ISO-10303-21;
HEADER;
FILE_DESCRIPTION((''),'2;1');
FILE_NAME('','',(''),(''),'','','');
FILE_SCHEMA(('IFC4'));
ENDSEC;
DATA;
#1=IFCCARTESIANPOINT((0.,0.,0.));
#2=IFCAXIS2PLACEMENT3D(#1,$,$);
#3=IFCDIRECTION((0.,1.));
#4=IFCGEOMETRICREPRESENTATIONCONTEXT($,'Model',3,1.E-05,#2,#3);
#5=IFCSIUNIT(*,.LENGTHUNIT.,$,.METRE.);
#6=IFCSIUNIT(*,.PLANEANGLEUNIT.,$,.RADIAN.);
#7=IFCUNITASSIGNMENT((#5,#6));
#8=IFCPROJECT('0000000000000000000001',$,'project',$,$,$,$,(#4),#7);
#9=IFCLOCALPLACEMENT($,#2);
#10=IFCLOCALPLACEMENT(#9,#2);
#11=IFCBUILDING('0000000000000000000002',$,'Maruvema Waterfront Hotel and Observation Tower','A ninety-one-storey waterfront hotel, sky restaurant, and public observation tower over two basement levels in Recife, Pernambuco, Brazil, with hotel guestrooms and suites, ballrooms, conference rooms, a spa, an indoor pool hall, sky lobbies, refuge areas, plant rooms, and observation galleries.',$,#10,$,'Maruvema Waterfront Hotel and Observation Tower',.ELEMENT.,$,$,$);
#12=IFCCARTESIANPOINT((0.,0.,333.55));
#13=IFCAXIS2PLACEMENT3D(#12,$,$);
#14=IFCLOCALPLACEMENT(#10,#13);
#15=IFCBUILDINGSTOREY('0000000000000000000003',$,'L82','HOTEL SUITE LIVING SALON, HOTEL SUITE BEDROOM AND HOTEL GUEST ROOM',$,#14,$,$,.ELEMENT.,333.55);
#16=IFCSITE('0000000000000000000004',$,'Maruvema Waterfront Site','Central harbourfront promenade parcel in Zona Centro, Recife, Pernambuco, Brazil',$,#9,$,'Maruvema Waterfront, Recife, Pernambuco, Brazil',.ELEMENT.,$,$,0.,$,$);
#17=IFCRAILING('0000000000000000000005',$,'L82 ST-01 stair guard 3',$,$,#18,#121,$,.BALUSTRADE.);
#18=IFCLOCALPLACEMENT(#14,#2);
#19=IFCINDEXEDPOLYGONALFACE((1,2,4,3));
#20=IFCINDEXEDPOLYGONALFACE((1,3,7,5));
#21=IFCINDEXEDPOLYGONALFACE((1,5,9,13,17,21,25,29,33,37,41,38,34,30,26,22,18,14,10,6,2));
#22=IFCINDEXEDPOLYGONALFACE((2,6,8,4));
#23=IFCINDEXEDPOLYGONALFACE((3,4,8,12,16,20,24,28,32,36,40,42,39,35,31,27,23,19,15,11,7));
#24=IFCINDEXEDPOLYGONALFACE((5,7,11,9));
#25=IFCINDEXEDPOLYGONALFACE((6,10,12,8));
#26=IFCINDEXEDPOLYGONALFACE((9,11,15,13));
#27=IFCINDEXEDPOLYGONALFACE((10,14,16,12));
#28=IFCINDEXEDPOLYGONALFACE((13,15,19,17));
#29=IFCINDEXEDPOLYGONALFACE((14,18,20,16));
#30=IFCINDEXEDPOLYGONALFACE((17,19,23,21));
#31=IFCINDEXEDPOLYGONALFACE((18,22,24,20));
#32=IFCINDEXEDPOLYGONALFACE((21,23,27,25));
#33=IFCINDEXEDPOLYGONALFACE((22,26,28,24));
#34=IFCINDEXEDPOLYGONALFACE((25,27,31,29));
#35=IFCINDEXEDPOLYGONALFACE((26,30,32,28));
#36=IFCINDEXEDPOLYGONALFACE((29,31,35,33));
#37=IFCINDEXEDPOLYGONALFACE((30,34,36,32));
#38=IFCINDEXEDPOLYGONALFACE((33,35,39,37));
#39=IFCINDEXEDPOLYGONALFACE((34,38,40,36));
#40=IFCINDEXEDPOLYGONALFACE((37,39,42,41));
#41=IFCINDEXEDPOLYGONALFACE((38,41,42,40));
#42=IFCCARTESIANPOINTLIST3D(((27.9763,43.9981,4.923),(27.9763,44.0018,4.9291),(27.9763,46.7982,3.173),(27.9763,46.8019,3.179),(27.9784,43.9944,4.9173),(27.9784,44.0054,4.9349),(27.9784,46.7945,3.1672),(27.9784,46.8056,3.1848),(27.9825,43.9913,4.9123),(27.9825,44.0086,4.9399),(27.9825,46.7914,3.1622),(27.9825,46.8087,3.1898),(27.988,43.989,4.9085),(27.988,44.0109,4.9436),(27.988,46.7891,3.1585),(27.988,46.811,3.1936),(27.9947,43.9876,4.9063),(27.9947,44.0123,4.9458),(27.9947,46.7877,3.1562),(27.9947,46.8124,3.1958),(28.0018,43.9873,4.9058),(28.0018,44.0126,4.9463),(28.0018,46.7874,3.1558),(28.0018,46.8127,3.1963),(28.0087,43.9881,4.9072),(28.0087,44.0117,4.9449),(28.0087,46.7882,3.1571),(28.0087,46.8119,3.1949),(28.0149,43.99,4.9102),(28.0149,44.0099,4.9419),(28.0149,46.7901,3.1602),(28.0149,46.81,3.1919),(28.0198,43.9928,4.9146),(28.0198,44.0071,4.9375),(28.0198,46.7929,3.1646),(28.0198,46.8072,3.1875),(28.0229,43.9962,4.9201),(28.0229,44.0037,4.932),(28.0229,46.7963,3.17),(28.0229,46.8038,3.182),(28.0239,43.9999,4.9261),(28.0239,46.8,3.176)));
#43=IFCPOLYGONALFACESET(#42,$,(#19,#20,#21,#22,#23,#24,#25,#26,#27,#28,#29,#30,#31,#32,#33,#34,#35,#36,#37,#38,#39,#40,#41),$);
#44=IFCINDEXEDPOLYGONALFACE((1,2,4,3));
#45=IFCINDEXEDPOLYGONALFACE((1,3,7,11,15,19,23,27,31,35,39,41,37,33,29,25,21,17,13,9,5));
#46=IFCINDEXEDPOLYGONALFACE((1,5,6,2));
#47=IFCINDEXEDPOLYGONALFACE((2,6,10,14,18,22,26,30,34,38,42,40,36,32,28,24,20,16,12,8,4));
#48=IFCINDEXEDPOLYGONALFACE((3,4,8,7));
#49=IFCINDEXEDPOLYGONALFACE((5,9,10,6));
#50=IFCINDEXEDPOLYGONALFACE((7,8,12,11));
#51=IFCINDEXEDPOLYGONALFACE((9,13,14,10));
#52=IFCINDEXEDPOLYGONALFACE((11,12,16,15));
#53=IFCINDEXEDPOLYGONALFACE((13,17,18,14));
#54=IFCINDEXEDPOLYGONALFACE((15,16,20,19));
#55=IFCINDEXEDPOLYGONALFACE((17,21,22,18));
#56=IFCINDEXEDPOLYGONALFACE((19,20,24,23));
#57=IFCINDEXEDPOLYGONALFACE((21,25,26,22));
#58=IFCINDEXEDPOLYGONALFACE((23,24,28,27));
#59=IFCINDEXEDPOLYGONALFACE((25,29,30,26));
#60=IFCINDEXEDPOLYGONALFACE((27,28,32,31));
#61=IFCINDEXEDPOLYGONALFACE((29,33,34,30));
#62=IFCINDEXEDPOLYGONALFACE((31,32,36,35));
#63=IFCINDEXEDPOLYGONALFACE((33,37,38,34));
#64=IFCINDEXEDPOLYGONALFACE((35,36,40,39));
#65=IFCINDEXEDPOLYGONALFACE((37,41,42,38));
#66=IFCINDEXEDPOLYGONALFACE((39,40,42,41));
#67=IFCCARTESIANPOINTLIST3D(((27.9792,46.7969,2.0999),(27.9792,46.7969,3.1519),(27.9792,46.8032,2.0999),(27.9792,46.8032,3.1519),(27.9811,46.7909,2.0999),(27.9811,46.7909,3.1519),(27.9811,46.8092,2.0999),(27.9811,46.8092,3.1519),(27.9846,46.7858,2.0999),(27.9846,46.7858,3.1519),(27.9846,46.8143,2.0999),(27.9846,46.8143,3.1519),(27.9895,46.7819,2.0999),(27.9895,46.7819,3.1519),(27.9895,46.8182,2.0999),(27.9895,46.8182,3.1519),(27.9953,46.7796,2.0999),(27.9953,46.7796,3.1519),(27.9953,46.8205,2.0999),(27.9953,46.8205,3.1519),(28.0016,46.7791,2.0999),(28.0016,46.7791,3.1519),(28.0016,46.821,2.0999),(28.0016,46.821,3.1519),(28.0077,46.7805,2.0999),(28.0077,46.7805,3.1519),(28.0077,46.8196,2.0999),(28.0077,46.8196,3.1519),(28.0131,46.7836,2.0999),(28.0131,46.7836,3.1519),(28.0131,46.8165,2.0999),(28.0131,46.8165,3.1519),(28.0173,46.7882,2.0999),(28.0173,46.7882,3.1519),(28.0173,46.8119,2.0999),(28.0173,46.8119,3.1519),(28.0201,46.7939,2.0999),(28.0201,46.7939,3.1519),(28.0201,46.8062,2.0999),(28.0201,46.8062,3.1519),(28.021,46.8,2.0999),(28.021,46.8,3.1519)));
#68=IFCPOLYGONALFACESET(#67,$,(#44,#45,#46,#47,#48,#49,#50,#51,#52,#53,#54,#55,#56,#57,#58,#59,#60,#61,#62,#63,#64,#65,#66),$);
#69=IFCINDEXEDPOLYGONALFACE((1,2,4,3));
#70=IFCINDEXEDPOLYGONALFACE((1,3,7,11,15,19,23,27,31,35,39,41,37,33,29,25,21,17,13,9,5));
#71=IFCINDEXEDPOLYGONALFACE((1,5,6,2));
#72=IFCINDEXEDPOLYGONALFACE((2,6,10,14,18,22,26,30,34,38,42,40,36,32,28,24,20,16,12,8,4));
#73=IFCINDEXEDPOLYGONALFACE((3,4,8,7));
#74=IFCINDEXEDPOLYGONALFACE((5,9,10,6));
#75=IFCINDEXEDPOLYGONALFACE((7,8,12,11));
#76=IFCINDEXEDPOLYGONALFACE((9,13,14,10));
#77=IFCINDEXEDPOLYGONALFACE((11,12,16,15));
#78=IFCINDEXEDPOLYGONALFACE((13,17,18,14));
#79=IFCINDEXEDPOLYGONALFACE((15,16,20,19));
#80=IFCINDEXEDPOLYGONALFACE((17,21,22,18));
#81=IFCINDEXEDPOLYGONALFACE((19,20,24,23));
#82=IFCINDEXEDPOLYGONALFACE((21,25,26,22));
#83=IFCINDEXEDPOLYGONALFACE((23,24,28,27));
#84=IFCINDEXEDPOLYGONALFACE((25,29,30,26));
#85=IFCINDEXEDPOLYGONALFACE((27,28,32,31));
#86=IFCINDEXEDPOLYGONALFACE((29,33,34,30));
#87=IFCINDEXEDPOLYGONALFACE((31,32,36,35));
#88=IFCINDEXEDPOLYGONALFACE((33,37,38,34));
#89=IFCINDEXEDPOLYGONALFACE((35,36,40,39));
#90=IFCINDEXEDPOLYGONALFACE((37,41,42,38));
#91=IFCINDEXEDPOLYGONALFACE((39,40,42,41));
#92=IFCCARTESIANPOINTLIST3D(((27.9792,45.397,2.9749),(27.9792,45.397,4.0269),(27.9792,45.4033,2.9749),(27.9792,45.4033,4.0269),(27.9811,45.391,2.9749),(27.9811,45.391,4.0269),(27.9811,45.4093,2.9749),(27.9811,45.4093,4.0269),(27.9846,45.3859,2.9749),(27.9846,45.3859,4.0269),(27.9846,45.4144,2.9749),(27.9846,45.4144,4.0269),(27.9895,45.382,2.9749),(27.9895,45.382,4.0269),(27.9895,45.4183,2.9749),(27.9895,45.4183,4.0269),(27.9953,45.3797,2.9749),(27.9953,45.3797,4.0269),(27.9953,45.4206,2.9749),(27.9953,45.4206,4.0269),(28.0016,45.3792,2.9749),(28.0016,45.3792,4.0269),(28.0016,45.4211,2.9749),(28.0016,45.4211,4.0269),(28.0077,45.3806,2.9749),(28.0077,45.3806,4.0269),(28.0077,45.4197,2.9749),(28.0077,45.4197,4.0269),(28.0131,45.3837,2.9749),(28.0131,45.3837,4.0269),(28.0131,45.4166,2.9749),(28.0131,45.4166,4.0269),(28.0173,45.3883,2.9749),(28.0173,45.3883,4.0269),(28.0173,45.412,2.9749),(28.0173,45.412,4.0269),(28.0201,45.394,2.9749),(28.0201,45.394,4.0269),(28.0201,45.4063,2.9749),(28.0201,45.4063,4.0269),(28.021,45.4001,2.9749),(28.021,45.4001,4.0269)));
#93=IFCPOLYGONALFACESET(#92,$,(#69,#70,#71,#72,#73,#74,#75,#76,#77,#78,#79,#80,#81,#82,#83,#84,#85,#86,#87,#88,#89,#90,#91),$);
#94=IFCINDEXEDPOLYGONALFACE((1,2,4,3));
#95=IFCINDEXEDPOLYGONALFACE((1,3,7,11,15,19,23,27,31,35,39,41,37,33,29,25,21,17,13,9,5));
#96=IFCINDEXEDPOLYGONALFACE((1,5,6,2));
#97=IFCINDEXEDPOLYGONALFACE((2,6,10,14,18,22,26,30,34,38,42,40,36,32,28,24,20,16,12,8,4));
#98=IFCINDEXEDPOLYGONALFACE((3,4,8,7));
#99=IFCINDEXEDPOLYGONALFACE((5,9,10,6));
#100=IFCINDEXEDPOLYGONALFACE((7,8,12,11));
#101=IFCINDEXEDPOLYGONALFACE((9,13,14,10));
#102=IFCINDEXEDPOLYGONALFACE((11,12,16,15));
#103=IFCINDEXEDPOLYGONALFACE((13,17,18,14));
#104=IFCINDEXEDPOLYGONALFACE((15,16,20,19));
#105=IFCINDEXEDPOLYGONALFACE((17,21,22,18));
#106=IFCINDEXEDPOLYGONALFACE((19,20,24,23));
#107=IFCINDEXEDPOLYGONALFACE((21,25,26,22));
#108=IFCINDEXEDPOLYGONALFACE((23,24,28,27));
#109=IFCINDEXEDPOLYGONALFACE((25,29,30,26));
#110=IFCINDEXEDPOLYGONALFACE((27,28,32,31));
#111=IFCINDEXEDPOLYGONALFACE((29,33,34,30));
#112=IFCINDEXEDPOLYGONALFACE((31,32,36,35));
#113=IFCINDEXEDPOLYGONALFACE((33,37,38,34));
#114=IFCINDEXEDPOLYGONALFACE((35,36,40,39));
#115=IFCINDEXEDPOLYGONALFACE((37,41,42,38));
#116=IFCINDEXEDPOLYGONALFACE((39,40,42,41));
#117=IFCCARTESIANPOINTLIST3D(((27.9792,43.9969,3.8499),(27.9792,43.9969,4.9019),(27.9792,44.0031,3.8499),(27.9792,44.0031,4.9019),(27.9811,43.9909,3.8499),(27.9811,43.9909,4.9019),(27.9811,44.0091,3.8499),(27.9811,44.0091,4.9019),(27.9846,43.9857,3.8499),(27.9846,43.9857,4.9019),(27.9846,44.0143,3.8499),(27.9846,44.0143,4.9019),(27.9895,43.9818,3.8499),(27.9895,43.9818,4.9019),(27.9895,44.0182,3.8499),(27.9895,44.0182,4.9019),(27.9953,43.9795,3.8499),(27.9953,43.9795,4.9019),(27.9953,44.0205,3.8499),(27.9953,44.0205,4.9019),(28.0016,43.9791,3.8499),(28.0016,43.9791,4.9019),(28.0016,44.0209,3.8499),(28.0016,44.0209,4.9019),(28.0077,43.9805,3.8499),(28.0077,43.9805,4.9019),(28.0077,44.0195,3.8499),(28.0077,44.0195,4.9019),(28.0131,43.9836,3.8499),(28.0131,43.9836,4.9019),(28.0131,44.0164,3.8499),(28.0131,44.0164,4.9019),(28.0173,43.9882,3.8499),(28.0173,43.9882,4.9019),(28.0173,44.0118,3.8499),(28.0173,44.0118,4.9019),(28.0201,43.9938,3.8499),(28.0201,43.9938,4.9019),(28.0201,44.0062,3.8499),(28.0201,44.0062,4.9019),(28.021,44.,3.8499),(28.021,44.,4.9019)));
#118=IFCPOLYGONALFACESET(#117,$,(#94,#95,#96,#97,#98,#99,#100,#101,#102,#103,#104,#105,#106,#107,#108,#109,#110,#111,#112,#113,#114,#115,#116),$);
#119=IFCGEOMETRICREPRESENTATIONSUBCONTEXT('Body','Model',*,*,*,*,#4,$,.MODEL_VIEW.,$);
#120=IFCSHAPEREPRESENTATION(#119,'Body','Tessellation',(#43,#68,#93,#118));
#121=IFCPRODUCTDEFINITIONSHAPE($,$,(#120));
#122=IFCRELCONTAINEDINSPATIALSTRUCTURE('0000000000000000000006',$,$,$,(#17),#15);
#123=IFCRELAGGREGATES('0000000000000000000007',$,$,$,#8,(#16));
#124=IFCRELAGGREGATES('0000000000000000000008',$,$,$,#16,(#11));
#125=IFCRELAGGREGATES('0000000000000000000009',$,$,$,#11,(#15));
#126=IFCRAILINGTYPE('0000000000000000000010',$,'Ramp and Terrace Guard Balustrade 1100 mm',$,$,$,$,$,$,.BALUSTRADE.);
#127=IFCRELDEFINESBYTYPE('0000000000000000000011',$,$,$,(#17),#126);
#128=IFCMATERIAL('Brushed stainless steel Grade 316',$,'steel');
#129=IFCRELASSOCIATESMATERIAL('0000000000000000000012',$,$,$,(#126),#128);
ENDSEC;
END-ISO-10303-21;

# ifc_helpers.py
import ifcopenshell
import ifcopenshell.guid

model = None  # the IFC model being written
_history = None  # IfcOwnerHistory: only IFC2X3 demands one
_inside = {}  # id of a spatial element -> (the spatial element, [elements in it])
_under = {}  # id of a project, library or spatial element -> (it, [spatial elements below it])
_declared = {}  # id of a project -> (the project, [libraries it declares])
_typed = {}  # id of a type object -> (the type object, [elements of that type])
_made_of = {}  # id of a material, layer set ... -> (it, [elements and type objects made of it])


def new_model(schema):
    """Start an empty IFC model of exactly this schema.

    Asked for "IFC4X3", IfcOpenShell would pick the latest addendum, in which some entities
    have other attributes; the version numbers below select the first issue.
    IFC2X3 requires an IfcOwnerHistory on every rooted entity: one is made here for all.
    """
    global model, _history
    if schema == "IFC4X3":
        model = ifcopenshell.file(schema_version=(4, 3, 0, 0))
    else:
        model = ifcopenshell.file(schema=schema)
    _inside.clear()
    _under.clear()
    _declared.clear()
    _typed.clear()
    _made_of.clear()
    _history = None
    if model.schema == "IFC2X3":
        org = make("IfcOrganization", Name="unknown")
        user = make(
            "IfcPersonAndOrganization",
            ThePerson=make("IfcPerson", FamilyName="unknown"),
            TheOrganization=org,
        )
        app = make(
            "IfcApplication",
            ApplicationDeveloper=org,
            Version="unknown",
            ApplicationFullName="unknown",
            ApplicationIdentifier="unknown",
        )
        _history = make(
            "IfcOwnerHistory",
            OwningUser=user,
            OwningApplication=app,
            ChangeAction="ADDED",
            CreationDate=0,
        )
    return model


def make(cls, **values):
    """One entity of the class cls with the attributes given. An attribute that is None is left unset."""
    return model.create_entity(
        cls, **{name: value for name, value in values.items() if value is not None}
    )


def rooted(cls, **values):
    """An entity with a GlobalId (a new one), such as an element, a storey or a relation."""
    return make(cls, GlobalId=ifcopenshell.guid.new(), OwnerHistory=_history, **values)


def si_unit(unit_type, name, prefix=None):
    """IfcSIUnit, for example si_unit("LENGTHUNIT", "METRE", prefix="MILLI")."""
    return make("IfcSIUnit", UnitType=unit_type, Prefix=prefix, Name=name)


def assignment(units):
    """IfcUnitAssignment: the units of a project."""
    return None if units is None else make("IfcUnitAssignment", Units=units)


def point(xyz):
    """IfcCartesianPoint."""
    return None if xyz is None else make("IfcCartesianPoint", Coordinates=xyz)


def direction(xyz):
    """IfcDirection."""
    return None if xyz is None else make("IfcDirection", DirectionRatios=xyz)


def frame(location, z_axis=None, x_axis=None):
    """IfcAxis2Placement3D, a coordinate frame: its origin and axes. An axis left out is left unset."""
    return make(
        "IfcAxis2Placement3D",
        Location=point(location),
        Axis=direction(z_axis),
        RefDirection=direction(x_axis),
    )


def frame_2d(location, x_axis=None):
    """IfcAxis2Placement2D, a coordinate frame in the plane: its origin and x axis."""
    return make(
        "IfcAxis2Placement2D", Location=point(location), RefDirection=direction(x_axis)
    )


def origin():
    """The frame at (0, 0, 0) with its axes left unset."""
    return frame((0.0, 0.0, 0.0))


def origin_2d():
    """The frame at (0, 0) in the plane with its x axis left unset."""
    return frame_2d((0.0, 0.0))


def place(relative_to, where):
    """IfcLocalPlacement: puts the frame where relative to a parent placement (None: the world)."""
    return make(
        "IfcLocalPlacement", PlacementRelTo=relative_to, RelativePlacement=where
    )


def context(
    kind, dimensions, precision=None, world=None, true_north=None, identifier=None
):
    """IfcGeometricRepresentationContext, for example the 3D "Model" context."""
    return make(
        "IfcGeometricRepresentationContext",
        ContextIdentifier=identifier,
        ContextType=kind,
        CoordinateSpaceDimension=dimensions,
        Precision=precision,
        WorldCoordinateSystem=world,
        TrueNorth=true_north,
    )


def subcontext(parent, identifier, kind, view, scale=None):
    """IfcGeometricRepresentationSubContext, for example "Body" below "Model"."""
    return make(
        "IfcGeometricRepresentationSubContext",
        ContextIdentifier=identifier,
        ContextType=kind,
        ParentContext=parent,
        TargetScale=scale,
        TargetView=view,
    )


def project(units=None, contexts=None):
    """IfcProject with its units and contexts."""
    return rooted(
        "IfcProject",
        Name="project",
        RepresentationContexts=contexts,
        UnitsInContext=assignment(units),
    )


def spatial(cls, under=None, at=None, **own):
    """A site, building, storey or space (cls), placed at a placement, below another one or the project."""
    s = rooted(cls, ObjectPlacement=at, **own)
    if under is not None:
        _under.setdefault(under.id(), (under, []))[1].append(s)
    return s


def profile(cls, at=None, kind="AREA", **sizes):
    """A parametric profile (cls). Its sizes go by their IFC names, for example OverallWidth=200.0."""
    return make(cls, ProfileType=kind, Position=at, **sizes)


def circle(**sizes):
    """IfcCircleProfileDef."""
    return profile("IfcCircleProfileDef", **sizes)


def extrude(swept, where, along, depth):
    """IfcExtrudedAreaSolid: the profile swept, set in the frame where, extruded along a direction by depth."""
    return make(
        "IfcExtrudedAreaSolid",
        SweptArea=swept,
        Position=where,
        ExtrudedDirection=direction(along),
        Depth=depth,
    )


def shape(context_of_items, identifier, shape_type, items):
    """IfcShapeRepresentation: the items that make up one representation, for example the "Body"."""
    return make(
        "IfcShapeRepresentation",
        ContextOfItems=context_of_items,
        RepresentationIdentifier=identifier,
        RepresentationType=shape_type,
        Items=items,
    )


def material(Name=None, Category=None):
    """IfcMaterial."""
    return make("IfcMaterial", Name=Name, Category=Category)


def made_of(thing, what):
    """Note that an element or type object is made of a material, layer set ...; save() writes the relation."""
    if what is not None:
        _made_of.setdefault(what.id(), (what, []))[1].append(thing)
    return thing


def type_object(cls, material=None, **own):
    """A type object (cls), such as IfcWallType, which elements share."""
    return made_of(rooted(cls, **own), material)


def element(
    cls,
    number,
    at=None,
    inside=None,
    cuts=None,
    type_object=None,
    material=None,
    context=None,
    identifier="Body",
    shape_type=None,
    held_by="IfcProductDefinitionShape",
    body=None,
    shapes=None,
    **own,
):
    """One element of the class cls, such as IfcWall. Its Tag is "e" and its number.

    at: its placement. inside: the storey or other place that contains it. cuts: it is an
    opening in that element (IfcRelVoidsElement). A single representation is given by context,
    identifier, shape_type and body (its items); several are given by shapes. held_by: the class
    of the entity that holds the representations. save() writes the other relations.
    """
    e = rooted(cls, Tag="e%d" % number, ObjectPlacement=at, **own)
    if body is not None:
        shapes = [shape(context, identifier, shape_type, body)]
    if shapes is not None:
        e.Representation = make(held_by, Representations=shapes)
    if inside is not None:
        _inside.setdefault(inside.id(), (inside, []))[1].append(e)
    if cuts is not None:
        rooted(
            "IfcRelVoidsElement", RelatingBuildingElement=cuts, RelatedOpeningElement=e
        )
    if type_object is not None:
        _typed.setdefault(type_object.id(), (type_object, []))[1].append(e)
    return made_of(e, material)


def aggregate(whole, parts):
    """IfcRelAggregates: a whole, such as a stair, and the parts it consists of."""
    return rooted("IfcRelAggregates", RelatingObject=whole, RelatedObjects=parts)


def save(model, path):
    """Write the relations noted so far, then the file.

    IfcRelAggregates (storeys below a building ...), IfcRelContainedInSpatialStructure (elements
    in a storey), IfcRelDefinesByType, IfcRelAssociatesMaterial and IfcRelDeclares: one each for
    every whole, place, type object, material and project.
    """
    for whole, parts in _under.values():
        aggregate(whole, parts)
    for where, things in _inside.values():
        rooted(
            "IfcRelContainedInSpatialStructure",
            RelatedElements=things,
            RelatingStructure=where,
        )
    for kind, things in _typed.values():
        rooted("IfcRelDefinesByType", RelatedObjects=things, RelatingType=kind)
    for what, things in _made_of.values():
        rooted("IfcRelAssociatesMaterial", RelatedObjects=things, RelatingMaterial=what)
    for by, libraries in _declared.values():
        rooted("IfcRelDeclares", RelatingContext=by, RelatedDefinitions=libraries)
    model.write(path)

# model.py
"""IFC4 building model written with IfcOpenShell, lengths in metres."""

from ifc_helpers import new_model, si_unit, direction, frame, origin, origin_2d, place, context, subcontext, project, spatial, circle, extrude, material, type_object, element, save


model = new_model("IFC4")

# Units and contexts
model_context = context("Model", 3, precision=1e-05, world=origin(), true_north=direction((0.0, 1.0)))
body_context = subcontext(model_context, "Body", "Model", "MODEL_VIEW")
ifc_project = project(units=[si_unit("LENGTHUNIT", "METRE"), si_unit("PLANEANGLEUNIT", "RADIAN")], contexts=[model_context])

# Site, building, storey
site_placement = place(None, origin())
site = spatial("IfcSite", under=ifc_project, at=site_placement, Name="Maruvema Waterfront Site", Description="Central harbourfront promenade parcel in Zona Centro, Recife, Pernambuco, Brazil", LongName="Maruvema Waterfront, Recife, Pernambuco, Brazil", CompositionType="ELEMENT", RefElevation=0.0)
building_placement = place(site_placement, origin())
building = spatial("IfcBuilding", under=site, at=building_placement, Name="Maruvema Waterfront Hotel and Observation Tower", Description="A ninety-one-storey waterfront hotel, sky restaurant, and public observation tower over two basement levels in Recife, Pernambuco, Brazil, with hotel guestrooms and suites, ballrooms, conference rooms, a spa, an indoor pool hall, sky lobbies, refuge areas, plant rooms, and observation galleries.", LongName="Maruvema Waterfront Hotel and Observation Tower", CompositionType="ELEMENT")
storey_placement = place(building_placement, frame((0.0, 0.0, 333.55)))
storey = spatial("IfcBuildingStorey", under=building, at=storey_placement, Name="L82", Description="HOTEL SUITE LIVING SALON, HOTEL SUITE BEDROOM AND HOTEL GUEST ROOM", CompositionType="ELEMENT", Elevation=333.55)

# Railing
ifc_material_1 = material(Name="Brushed stainless steel Grade 316", Category="steel")
railing_type_1 = type_object("IfcRailingType", Name="Ramp and Terrace Guard Balustrade 1100 mm", PredefinedType="BALUSTRADE", material=ifc_material_1)
railing_1_placement = place(storey_placement, frame((28.0, 46.8, 2.0999)))
element("IfcRailing", 1, at=railing_1_placement, inside=storey, type_object=railing_type_1, Name="L82 ST-01 stair guard 3", PredefinedType="BALUSTRADE", context=body_context, shape_type="SweptSolid", body=[
    extrude(circle(Radius=0.0239, at=origin_2d()), frame((0.0, 0.0, 1.0762), z_axis=(0.0, -0.848002, 0.529992), x_axis=(1.0, 0.0, 0.0)), (0.0, 0.0, 1.0), 3.302),
    extrude(circle(Radius=0.021, at=origin_2d()), origin(), (0.0, 0.0, 1.0), 1.052),
    extrude(circle(Radius=0.021, at=origin_2d()), frame((0.0, -1.3999, 0.875)), (0.0, 0.0, 1.0), 1.052),
    extrude(circle(Radius=0.021, at=origin_2d()), frame((0.0, -2.8, 1.75)), (0.0, 0.0, 1.0), 1.052),
])

save(model, "model.ifc")
